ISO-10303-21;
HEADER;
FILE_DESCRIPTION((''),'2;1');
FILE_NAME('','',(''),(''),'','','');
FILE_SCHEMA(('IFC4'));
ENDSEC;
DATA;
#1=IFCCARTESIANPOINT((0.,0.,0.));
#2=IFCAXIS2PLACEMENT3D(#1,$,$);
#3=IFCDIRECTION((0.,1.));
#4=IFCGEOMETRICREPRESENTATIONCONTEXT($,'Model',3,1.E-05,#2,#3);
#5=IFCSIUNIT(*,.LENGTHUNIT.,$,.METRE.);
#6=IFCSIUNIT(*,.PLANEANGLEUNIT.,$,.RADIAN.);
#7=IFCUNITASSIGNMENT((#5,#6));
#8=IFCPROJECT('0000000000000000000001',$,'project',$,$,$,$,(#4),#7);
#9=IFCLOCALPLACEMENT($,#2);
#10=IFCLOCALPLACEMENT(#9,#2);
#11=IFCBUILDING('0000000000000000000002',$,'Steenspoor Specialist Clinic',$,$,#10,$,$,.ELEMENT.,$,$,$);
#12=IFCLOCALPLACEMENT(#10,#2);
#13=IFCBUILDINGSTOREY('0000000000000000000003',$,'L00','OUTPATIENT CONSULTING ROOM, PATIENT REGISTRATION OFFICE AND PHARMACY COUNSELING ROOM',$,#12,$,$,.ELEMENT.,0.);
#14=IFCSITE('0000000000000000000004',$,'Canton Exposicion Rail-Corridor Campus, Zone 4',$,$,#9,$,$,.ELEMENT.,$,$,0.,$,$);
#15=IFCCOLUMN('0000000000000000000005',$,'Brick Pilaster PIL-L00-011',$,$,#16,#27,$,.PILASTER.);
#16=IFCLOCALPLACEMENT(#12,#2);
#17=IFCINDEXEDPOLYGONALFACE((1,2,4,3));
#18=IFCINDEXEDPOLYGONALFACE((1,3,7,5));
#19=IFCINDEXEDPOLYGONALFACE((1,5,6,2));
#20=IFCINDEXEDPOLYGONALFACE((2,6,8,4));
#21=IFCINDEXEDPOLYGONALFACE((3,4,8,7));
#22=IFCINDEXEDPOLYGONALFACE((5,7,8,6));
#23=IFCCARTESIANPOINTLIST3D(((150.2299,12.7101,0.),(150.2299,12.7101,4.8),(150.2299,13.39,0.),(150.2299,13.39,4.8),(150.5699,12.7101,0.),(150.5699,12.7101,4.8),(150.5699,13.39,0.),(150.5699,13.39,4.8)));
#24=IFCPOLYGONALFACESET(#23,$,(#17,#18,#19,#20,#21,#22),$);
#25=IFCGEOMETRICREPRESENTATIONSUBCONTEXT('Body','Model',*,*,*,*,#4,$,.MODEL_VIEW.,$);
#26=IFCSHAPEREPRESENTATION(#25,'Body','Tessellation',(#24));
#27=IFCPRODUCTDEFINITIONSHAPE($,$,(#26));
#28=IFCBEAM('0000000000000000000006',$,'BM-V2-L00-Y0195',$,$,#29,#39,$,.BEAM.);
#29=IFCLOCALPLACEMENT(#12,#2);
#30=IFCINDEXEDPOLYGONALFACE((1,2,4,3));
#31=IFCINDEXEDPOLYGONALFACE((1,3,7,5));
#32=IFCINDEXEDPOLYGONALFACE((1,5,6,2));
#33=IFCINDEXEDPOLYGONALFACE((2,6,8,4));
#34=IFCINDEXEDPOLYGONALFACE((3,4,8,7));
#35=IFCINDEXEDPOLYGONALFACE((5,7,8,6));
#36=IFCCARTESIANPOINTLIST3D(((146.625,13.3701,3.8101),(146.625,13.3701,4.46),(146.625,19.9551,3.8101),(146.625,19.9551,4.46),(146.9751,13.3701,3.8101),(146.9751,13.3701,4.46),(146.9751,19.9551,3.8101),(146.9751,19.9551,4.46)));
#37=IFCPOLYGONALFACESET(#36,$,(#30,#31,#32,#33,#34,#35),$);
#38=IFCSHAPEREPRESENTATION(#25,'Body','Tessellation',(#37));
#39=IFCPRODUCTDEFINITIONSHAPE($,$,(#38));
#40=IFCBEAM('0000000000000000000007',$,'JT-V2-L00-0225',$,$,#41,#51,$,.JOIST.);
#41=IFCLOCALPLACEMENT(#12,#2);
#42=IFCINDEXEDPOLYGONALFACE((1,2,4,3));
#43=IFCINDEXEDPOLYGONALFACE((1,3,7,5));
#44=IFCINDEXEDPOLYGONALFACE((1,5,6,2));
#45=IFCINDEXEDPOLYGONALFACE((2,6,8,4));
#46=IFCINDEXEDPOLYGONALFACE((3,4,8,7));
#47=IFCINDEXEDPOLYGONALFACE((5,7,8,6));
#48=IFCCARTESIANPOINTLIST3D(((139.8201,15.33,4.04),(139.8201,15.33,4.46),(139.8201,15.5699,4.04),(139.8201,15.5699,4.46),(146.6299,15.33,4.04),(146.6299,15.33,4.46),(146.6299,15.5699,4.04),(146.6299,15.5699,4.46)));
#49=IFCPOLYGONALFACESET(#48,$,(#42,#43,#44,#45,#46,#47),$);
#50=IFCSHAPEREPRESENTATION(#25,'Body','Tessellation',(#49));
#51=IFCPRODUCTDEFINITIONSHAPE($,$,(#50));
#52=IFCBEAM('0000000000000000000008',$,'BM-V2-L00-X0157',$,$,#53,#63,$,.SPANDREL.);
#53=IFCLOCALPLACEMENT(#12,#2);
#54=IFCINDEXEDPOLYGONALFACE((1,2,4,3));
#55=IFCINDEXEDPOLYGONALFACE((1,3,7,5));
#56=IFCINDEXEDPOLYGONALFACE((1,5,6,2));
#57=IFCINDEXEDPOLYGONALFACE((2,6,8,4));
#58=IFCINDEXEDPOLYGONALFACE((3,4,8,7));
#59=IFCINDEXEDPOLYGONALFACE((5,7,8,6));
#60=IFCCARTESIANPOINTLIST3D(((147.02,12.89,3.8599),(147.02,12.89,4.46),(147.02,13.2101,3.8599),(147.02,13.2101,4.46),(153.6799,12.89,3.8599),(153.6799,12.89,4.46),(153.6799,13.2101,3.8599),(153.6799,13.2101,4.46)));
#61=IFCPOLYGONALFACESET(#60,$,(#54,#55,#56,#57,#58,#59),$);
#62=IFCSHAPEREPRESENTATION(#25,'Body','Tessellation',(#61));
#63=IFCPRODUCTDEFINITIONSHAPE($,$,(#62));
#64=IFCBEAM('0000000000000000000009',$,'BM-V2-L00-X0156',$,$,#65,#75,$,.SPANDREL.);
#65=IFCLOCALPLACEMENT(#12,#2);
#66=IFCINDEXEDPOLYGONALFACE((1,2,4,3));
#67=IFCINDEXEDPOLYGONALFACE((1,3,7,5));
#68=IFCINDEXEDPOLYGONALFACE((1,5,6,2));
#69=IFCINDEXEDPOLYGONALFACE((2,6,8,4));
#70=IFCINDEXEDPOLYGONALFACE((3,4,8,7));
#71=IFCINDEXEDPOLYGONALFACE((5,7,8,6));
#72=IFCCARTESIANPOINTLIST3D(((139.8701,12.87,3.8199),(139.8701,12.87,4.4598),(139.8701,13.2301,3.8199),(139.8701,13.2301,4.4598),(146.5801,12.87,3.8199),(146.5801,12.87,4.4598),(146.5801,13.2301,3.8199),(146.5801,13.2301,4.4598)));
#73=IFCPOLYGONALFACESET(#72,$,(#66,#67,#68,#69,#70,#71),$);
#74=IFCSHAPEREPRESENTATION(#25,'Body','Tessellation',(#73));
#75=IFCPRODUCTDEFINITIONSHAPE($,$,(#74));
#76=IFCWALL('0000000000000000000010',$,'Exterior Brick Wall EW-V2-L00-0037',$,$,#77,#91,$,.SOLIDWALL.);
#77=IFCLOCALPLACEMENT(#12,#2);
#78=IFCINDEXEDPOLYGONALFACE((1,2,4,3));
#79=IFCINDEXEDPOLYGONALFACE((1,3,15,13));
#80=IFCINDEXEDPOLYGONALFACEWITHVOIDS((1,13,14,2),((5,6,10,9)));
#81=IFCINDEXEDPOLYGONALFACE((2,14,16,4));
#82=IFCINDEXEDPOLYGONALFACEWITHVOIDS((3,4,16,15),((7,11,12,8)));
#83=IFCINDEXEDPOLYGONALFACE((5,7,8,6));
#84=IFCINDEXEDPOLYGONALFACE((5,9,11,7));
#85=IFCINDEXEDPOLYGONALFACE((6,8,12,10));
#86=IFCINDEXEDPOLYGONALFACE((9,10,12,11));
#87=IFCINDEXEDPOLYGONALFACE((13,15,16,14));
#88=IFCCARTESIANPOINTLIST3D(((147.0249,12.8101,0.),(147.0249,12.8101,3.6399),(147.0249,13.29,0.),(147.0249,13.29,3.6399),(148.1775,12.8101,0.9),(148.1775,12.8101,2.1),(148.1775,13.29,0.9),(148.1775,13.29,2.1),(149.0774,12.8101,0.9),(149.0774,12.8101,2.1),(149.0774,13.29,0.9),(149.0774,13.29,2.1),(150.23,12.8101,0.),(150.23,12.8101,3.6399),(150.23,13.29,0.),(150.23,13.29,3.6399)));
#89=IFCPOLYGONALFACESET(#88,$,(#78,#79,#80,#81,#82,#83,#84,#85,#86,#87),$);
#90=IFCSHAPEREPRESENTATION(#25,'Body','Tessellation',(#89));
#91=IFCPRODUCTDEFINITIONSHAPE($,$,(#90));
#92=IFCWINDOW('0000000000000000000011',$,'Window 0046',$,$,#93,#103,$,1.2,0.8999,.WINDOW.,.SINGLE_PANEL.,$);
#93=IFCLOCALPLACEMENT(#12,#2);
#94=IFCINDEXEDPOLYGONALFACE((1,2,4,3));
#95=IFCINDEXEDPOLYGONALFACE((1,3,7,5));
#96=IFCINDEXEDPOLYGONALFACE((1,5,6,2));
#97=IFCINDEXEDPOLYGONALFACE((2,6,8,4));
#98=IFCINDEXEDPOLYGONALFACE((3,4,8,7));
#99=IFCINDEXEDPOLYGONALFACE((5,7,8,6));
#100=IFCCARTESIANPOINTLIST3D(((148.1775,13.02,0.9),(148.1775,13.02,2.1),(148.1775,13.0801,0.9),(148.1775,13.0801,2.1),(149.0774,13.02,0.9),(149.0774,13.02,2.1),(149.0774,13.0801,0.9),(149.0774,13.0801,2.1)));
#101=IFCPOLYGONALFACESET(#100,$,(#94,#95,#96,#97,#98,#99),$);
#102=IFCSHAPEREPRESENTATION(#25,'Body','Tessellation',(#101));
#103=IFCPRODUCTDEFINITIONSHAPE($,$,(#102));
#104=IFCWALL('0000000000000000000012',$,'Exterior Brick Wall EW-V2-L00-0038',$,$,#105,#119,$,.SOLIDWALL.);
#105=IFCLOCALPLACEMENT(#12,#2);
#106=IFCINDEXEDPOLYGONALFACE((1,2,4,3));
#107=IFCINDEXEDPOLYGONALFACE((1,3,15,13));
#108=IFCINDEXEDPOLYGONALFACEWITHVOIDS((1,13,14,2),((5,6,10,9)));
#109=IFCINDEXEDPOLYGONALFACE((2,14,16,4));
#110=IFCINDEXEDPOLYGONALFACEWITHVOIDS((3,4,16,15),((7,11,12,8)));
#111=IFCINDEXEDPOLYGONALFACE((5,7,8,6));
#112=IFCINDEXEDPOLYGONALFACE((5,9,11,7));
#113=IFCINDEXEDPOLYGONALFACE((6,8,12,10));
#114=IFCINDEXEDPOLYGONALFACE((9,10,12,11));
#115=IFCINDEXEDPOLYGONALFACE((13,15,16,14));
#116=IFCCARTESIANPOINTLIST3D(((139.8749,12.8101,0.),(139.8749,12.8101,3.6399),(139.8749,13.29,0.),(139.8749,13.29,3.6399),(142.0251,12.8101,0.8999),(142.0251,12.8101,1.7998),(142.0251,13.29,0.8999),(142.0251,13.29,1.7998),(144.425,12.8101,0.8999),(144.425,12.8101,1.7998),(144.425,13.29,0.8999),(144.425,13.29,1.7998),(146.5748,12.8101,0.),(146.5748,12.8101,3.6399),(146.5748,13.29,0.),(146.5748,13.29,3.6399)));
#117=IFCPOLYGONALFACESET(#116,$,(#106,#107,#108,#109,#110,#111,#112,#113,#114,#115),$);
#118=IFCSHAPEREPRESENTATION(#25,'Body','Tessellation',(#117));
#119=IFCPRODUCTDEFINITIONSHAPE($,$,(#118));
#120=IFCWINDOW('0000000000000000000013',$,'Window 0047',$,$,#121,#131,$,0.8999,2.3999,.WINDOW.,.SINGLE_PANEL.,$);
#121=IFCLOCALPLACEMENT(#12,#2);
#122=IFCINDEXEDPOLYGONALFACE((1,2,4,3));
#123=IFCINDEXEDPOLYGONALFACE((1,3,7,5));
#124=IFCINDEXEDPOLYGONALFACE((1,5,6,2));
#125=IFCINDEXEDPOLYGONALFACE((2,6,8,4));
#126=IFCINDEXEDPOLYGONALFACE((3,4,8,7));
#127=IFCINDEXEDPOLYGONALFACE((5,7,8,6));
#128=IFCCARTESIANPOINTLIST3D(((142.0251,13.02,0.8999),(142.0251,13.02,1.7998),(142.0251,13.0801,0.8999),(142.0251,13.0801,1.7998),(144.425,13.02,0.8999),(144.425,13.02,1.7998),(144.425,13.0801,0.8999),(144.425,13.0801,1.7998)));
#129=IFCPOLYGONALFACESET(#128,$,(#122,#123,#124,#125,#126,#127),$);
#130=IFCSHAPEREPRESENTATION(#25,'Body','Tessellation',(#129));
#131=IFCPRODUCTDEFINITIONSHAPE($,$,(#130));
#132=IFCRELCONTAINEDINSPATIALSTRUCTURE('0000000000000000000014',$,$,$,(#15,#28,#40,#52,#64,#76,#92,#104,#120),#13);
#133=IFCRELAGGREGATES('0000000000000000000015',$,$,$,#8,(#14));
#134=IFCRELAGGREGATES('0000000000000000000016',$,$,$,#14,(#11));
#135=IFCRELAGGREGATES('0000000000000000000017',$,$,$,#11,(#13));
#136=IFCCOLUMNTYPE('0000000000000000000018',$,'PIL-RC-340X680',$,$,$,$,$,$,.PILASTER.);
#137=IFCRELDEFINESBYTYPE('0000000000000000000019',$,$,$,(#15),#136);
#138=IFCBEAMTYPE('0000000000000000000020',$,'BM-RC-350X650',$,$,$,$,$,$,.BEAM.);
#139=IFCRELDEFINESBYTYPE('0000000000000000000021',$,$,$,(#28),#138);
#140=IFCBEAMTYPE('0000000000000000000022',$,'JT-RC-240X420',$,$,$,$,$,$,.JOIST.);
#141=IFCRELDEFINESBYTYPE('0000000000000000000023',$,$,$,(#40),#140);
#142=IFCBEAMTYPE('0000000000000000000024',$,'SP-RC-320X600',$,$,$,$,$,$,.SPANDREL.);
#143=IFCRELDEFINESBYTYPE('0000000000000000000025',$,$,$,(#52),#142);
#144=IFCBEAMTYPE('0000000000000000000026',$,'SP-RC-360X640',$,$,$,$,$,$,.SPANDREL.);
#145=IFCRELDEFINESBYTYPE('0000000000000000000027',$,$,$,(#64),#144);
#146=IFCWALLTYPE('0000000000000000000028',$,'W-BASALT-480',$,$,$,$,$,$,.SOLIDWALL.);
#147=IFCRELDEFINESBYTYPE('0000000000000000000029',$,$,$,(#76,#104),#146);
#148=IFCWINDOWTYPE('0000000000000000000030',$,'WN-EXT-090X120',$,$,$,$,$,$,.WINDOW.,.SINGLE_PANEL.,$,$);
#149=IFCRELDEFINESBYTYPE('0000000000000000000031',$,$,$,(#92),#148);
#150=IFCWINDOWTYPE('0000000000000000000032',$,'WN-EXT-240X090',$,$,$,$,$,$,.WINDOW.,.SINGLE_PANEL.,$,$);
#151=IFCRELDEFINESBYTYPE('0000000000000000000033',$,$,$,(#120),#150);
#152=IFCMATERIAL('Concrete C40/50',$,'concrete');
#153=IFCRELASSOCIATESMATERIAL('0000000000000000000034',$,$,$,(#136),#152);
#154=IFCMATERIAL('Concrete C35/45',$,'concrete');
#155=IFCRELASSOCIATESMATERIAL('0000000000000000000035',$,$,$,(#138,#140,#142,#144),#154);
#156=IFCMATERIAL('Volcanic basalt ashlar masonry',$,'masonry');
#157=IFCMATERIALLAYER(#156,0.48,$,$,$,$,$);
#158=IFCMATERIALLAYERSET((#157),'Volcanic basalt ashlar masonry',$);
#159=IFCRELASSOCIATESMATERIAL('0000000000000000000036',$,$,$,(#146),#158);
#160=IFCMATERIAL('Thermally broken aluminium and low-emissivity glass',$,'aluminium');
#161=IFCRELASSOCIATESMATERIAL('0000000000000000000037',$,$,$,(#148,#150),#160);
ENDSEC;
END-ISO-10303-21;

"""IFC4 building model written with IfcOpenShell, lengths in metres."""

from ifc_helpers import new_model, si_unit, direction, frame, frame_2d, origin, origin_2d, place, context, subcontext, project, spatial, rectangle, extrude, material, layer, layer_set, material_profile, profile_set, type_object, element, fill, save


model = new_model("IFC4")

# Units and contexts
model_context = context("Model", 3, precision=1e-05, world=origin(), true_north=direction((0.0, 1.0)))
body_context = subcontext(model_context, "Body", "Model", "MODEL_VIEW")
ifc_project = project(units=[si_unit("LENGTHUNIT", "METRE"), si_unit("PLANEANGLEUNIT", "RADIAN")], contexts=[model_context])

# Site, building, storey
site_placement = place(None, origin())
site = spatial("IfcSite", under=ifc_project, at=site_placement, Name="Canton Exposicion Rail-Corridor Campus, Zone 4", CompositionType="ELEMENT", RefElevation=0.0)
building_placement = place(site_placement, origin())
building = spatial("IfcBuilding", under=site, at=building_placement, Name="Steenspoor Specialist Clinic", CompositionType="ELEMENT")
storey_placement = place(building_placement, origin())
storey = spatial("IfcBuildingStorey", under=building, at=storey_placement, Name="L00", Description="OUTPATIENT CONSULTING ROOM, PATIENT REGISTRATION OFFICE AND PHARMACY COUNSELING ROOM", CompositionType="ELEMENT", Elevation=0.0)

# Shared definitions
ifc_material_1 = material(Name="Concrete C35/45", Category="concrete")

# Column
ifc_material_2 = material(Name="Concrete C40/50", Category="concrete")
ifc_material_profile_1 = material_profile(ifc_material_2, rectangle(XDim=0.3401, YDim=0.6799, at=origin_2d()), Name="RC-PIL-340X680")
ifc_profile_set_1 = profile_set([ifc_material_profile_1], Name="Concrete C40/50")
column_type_1 = type_object("IfcColumnType", Name="PIL-RC-340X680", PredefinedType="PILASTER", material=ifc_profile_set_1)
column_1_placement = place(storey_placement, frame((150.3999, 13.05, 0.0), z_axis=(0.0, 0.0, 1.0), x_axis=(1.0, 0.0, 0.0)))
element("IfcColumn", 1, at=column_1_placement, inside=storey, type_object=column_type_1, Name="Brick Pilaster PIL-L00-011", PredefinedType="PILASTER", context=body_context, shape_type="SweptSolid", body=[
    extrude(rectangle(XDim=0.3401, YDim=0.6799, at=origin_2d()), origin(), (0.0, 0.0, 1.0), 4.8),
])

# Beams
ifc_material_profile_2 = material_profile(ifc_material_1, rectangle(XDim=0.3501, YDim=0.6499, at=origin_2d()), Name="RC-BM-350X650")
ifc_profile_set_2 = profile_set([ifc_material_profile_2], Name="Concrete C35/45")
beam_type_1 = type_object("IfcBeamType", Name="BM-RC-350X650", PredefinedType="BEAM", material=ifc_profile_set_2)
beam_1_placement = place(storey_placement, frame((146.8, 13.3701, 4.135), z_axis=(0.0, 1.0, 0.0), x_axis=(-1.0, 0.0, 0.0)))
element("IfcBeam", 2, at=beam_1_placement, inside=storey, type_object=beam_type_1, Name="BM-V2-L00-Y0195", PredefinedType="BEAM", context=body_context, shape_type="SweptSolid", body=[
    extrude(rectangle(XDim=0.3501, YDim=0.6499, at=origin_2d()), origin(), (0.0, 0.0, 1.0), 6.585),
])
ifc_material_profile_3 = material_profile(ifc_material_1, rectangle(XDim=0.24, YDim=0.4199, at=origin_2d()), Name="RC-JT-240X420")
ifc_profile_set_3 = profile_set([ifc_material_profile_3], Name="Concrete C35/45")
beam_type_2 = type_object("IfcBeamType", Name="JT-RC-240X420", PredefinedType="JOIST", material=ifc_profile_set_3)
beam_2_placement = place(storey_placement, frame((139.8201, 15.45, 4.25), z_axis=(1.0, 0.0, 0.0), x_axis=(0.0, 1.0, 0.0)))
element("IfcBeam", 3, at=beam_2_placement, inside=storey, type_object=beam_type_2, Name="JT-V2-L00-0225", PredefinedType="JOIST", context=body_context, shape_type="SweptSolid", body=[
    extrude(rectangle(XDim=0.24, YDim=0.4199, at=origin_2d()), origin(), (0.0, 0.0, 1.0), 6.8098),
])
ifc_material_profile_4 = material_profile(ifc_material_1, rectangle(XDim=0.3201, YDim=0.6001, at=origin_2d()), Name="RC-SP-320X600")
ifc_profile_set_4 = profile_set([ifc_material_profile_4], Name="Concrete C35/45")
beam_type_3 = type_object("IfcBeamType", Name="SP-RC-320X600", PredefinedType="SPANDREL", material=ifc_profile_set_4)
beam_3_placement = place(storey_placement, frame((147.02, 13.05, 4.1599), z_axis=(1.0, 0.0, 0.0), x_axis=(0.0, 1.0, 0.0)))
element("IfcBeam", 4, at=beam_3_placement, inside=storey, type_object=beam_type_3, Name="BM-V2-L00-X0157", PredefinedType="SPANDREL", context=body_context, shape_type="SweptSolid", body=[
    extrude(rectangle(XDim=0.3201, YDim=0.6001, at=origin_2d()), origin(), (0.0, 0.0, 1.0), 6.6599),
])
ifc_material_profile_5 = material_profile(ifc_material_1, rectangle(XDim=0.3601, YDim=0.6399, at=origin_2d()), Name="RC-SP-360X640")
ifc_profile_set_5 = profile_set([ifc_material_profile_5], Name="Concrete C35/45")
beam_type_4 = type_object("IfcBeamType", Name="SP-RC-360X640", PredefinedType="SPANDREL", material=ifc_profile_set_5)
beam_4_placement = place(storey_placement, frame((139.8701, 13.05, 4.1399), z_axis=(1.0, 0.0, 0.0), x_axis=(0.0, 1.0, 0.0)))
element("IfcBeam", 5, at=beam_4_placement, inside=storey, type_object=beam_type_4, Name="BM-V2-L00-X0156", PredefinedType="SPANDREL", context=body_context, shape_type="SweptSolid", body=[
    extrude(rectangle(XDim=0.3601, YDim=0.6399, at=origin_2d()), origin(), (0.0, 0.0, 1.0), 6.71),
])

# Walls, openings, windows
ifc_material_3 = material(Name="Volcanic basalt ashlar masonry", Category="masonry")
ifc_layer_1 = layer(ifc_material_3, 0.48)
ifc_layer_set_1 = layer_set([ifc_layer_1], Name="Volcanic basalt ashlar masonry")
wall_type_1 = type_object("IfcWallType", Name="W-BASALT-480", PredefinedType="SOLIDWALL", material=ifc_layer_set_1)
wall_1_placement = place(storey_placement, frame((150.23, 13.05, 0.0), z_axis=(0.0, 0.0, 1.0), x_axis=(-1.0, 0.0, 0.0)))
wall_1 = element("IfcWall", 6, at=wall_1_placement, inside=storey, type_object=wall_type_1, Name="Exterior Brick Wall EW-V2-L00-0037", PredefinedType="SOLIDWALL", context=body_context, shape_type="SweptSolid", body=[
    extrude(rectangle(XDim=3.2051, YDim=0.48, at=frame_2d((1.6025, 0.0))), origin(), (0.0, 0.0, 1.0), 3.6399),
])
opening_1_placement = place(wall_1_placement, frame((1.1526, 0.0, 0.8999)))
opening_1 = element("IfcOpeningElement", 7, at=opening_1_placement, cuts=wall_1, PredefinedType="OPENING", context=body_context, shape_type="SweptSolid", body=[
    extrude(rectangle(XDim=0.8999, YDim=1.2, at=frame_2d((0.45, 0.6001))), frame((0.0, 0.25, 0.0), z_axis=(0.0, -1.0, 0.0), x_axis=(1.0, 0.0, 0.0)), (0.0, 0.0, 1.0), 0.5),
])
ifc_material_4 = material(Name="Thermally broken aluminium and low-emissivity glass", Category="aluminium")
window_type_1 = type_object("IfcWindowType", Name="WN-EXT-090X120", PartitioningType="SINGLE_PANEL", PredefinedType="WINDOW", material=ifc_material_4)
window_1_placement = place(opening_1_placement, origin())
window_1 = element("IfcWindow", 8, at=window_1_placement, inside=storey, type_object=window_type_1, Name="Window 0046", OverallHeight=1.2, OverallWidth=0.8999, PartitioningType="SINGLE_PANEL", PredefinedType="WINDOW", context=body_context, shape_type="SweptSolid", body=[
    extrude(rectangle(XDim=0.8999, YDim=1.2, at=frame_2d((0.45, 0.6001))), frame((0.0, 0.03, 0.0), z_axis=(0.0, -1.0, 0.0), x_axis=(1.0, 0.0, 0.0)), (0.0, 0.0, 1.0), 0.0601),
])
fill(opening_1, window_1)
wall_2_placement = place(storey_placement, frame((146.575, 13.05, 0.0), z_axis=(0.0, 0.0, 1.0), x_axis=(-1.0, 0.0, 0.0)))
wall_2 = element("IfcWall", 9, at=wall_2_placement, inside=storey, type_object=wall_type_1, Name="Exterior Brick Wall EW-V2-L00-0038", PredefinedType="SOLIDWALL", context=body_context, shape_type="SweptSolid", body=[
    extrude(rectangle(XDim=6.7, YDim=0.48, at=frame_2d((3.3501, 0.0))), origin(), (0.0, 0.0, 1.0), 3.6399),
])
opening_2_placement = place(wall_2_placement, frame((2.1499, 0.0, 0.8999)))
opening_2 = element("IfcOpeningElement", 10, at=opening_2_placement, cuts=wall_2, PredefinedType="OPENING", context=body_context, shape_type="SweptSolid", body=[
    extrude(rectangle(XDim=2.3999, YDim=0.8999, at=frame_2d((1.2, 0.45))), frame((0.0, 0.25, 0.0), z_axis=(0.0, -1.0, 0.0), x_axis=(1.0, 0.0, 0.0)), (0.0, 0.0, 1.0), 0.5),
])
window_type_2 = type_object("IfcWindowType", Name="WN-EXT-240X090", PartitioningType="SINGLE_PANEL", PredefinedType="WINDOW", material=ifc_material_4)
window_2_placement = place(opening_2_placement, origin())
window_2 = element("IfcWindow", 11, at=window_2_placement, inside=storey, type_object=window_type_2, Name="Window 0047", OverallHeight=0.8999, OverallWidth=2.3999, PartitioningType="SINGLE_PANEL", PredefinedType="WINDOW", context=body_context, shape_type="SweptSolid", body=[
    extrude(rectangle(XDim=2.3999, YDim=0.8999, at=frame_2d((1.2, 0.45))), frame((0.0, 0.03, 0.0), z_axis=(0.0, -1.0, 0.0), x_axis=(1.0, 0.0, 0.0)), (0.0, 0.0, 1.0), 0.0601),
])
fill(opening_2, window_2)

save(model, "model.ifc")
